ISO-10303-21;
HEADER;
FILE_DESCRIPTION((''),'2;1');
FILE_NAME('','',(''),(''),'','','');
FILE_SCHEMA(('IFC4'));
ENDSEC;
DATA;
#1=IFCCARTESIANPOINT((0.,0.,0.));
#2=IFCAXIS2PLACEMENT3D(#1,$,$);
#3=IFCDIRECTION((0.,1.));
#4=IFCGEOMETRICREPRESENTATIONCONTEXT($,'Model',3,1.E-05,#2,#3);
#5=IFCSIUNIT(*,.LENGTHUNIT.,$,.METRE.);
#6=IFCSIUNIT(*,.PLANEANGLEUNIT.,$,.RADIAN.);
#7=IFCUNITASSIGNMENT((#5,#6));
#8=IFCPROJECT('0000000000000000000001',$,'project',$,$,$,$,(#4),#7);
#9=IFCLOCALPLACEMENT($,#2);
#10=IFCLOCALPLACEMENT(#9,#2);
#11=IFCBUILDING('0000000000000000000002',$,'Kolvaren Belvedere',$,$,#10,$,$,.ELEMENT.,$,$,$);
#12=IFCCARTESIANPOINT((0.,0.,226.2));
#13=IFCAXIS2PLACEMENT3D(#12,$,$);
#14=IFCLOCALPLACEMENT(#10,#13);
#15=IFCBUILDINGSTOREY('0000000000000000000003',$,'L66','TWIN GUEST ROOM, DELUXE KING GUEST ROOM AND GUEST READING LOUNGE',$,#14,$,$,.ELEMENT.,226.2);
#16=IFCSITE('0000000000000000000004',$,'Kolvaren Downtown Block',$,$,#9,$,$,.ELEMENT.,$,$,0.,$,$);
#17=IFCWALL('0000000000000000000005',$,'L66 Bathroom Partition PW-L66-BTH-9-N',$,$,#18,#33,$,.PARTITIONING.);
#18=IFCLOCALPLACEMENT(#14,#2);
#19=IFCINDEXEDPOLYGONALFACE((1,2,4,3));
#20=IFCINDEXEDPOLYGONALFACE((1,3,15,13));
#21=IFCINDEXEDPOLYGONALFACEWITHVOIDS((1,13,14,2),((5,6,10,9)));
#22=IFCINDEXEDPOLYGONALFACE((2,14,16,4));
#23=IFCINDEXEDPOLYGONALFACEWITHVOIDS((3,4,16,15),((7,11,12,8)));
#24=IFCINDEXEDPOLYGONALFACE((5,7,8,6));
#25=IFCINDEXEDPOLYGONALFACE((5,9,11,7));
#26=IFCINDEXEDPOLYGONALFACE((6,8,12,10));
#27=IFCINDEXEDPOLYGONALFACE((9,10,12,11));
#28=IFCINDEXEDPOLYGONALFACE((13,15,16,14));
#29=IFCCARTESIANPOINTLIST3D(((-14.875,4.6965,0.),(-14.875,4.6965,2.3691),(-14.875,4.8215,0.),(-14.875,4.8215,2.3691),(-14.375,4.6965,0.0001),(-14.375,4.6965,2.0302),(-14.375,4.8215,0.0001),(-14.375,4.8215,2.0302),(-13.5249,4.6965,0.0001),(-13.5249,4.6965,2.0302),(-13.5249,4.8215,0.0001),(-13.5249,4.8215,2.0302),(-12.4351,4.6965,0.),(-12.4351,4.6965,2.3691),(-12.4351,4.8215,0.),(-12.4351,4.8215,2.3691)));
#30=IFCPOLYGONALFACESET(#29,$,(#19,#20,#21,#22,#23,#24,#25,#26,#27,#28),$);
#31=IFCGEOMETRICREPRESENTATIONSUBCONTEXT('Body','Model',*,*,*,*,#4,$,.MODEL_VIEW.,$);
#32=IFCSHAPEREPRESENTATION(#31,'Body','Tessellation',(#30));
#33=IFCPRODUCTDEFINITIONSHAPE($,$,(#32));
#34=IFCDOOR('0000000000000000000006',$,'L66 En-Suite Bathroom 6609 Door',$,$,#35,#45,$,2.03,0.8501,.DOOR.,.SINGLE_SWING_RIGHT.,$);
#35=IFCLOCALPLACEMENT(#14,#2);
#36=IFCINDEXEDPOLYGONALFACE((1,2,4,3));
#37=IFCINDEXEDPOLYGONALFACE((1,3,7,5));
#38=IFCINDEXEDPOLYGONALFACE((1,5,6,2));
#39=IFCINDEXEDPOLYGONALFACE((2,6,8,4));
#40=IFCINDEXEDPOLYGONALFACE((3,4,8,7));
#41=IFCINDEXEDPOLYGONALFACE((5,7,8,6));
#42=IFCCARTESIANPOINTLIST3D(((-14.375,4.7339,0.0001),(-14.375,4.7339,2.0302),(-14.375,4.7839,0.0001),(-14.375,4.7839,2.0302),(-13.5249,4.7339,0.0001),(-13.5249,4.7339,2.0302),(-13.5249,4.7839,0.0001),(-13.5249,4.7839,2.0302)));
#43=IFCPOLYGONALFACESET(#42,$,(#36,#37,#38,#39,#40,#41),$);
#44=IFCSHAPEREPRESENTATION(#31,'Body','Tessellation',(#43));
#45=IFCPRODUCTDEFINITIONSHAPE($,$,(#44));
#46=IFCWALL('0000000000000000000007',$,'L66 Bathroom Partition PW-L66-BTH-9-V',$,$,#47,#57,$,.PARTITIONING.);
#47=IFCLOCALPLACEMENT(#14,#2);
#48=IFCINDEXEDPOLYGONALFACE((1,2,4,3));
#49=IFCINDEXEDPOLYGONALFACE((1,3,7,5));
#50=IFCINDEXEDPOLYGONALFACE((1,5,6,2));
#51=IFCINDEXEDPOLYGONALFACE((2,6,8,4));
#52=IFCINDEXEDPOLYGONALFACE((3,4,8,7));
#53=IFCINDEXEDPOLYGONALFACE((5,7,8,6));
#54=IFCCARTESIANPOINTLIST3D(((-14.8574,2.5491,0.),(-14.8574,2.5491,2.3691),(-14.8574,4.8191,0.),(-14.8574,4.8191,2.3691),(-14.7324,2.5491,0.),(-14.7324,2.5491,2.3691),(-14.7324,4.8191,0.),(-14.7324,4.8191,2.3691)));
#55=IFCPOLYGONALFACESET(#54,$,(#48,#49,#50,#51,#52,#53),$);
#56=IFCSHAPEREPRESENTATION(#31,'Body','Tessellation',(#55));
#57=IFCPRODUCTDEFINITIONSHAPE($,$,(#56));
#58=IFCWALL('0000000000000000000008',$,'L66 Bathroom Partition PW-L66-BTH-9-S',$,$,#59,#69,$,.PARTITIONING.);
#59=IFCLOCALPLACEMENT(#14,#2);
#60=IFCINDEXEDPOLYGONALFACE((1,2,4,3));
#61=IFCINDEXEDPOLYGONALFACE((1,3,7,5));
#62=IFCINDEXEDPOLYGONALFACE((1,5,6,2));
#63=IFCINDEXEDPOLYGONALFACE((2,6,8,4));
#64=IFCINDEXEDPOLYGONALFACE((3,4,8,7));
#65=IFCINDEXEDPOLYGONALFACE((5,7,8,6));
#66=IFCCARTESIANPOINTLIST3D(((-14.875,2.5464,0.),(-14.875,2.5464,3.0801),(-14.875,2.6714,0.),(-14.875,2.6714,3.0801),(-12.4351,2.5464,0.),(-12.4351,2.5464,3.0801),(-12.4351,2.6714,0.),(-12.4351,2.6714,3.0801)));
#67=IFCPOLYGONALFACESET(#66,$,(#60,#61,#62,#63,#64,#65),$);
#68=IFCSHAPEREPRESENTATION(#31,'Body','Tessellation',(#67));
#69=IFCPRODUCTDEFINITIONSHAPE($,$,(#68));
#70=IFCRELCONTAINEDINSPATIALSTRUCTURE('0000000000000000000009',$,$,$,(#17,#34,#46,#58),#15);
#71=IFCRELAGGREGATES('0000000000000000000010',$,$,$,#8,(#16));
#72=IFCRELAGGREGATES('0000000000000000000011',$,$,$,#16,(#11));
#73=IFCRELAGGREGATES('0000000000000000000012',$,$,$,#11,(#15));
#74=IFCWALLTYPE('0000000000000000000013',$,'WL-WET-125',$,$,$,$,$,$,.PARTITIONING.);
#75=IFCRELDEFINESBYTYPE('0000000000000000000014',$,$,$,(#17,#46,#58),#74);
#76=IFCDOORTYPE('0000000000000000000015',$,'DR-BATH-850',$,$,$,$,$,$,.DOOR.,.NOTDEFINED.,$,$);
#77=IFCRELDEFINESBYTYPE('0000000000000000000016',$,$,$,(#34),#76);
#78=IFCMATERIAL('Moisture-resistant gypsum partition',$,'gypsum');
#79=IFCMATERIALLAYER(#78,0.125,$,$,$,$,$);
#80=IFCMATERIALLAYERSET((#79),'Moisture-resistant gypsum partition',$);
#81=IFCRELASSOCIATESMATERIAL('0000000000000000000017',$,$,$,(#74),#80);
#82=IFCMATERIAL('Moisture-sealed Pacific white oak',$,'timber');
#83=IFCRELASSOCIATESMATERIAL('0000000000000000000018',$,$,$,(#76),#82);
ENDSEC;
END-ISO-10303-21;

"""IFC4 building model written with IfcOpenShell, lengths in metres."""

from ifc_helpers import new_model, si_unit, direction, frame, frame_2d, origin, place, context, subcontext, project, spatial, rectangle, extrude, material, layer, layer_set, type_object, element, fill, save


model = new_model("IFC4")

# Units and contexts
model_context = context("Model", 3, precision=1e-05, world=origin(), true_north=direction((0.0, 1.0)))
body_context = subcontext(model_context, "Body", "Model", "MODEL_VIEW")
ifc_project = project(units=[si_unit("LENGTHUNIT", "METRE"), si_unit("PLANEANGLEUNIT", "RADIAN")], contexts=[model_context])

# Site, building, storey
site_placement = place(None, origin())
site = spatial("IfcSite", under=ifc_project, at=site_placement, Name="Kolvaren Downtown Block", CompositionType="ELEMENT", RefElevation=0.0)
building_placement = place(site_placement, origin())
building = spatial("IfcBuilding", under=site, at=building_placement, Name="Kolvaren Belvedere", CompositionType="ELEMENT")
storey_placement = place(building_placement, frame((0.0, 0.0, 226.2)))
storey = spatial("IfcBuildingStorey", under=building, at=storey_placement, Name="L66", Description="TWIN GUEST ROOM, DELUXE KING GUEST ROOM AND GUEST READING LOUNGE", CompositionType="ELEMENT", Elevation=226.2)

# Shared definitions
ifc_material_1 = material(Name="Moisture-resistant gypsum partition", Category="gypsum")
ifc_layer_1 = layer(ifc_material_1, 0.125)
ifc_layer_set_1 = layer_set([ifc_layer_1], Name="Moisture-resistant gypsum partition")
wall_type_1 = type_object("IfcWallType", Name="WL-WET-125", PredefinedType="PARTITIONING", material=ifc_layer_set_1)

# Wall, opening, door
wall_1_placement = place(storey_placement, frame((-14.875, 4.759, 0.0), z_axis=(0.0, 0.0, 1.0), x_axis=(1.0, 0.0, 0.0)))
wall_1 = element("IfcWall", 1, at=wall_1_placement, inside=storey, type_object=wall_type_1, Name="L66 Bathroom Partition PW-L66-BTH-9-N", PredefinedType="PARTITIONING", context=body_context, shape_type="SweptSolid", body=[
    extrude(rectangle(XDim=2.4399, YDim=0.125, at=frame_2d((1.22, 0.0))), origin(), (0.0, 0.0, 1.0), 2.3691),
])
opening_1_placement = place(wall_1_placement, frame((0.5, 0.0, 0.0)))
opening_1 = element("IfcOpeningElement", 2, at=opening_1_placement, cuts=wall_1, PredefinedType="OPENING", context=body_context, shape_type="SweptSolid", body=[
    extrude(rectangle(XDim=0.8501, YDim=2.03, at=frame_2d((0.425, 1.0151))), frame((0.0, 0.0725, 0.0), z_axis=(0.0, -1.0, 0.0), x_axis=(1.0, 0.0, 0.0)), (0.0, 0.0, 1.0), 0.145),
])
ifc_material_2 = material(Name="Moisture-sealed Pacific white oak", Category="timber")
door_type_1 = type_object("IfcDoorType", Name="DR-BATH-850", OperationType="NOTDEFINED", PredefinedType="DOOR", material=ifc_material_2)
door_1_placement = place(opening_1_placement, origin())
door_1 = element("IfcDoor", 3, at=door_1_placement, inside=storey, type_object=door_type_1, Name="L66 En-Suite Bathroom 6609 Door", OperationType="SINGLE_SWING_RIGHT", OverallHeight=2.03, OverallWidth=0.8501, PredefinedType="DOOR", context=body_context, shape_type="SweptSolid", body=[
    extrude(rectangle(XDim=0.8501, YDim=2.03, at=frame_2d((0.425, 1.0151))), frame((0.0, 0.0249, 0.0), z_axis=(0.0, -1.0, 0.0), x_axis=(1.0, 0.0, 0.0)), (0.0, 0.0, 1.0), 0.05),
])
fill(opening_1, door_1)

# Walls
wall_2_placement = place(storey_placement, frame((-14.7949, 2.5491, 0.0), z_axis=(0.0, 0.0, 1.0), x_axis=(0.0, 1.0, 0.0)))
element("IfcWall", 4, at=wall_2_placement, inside=storey, type_object=wall_type_1, Name="L66 Bathroom Partition PW-L66-BTH-9-V", PredefinedType="PARTITIONING", context=body_context, shape_type="SweptSolid", body=[
    extrude(rectangle(XDim=2.27, YDim=0.125, at=frame_2d((1.135, 0.0))), origin(), (0.0, 0.0, 1.0), 2.3691),
])
wall_3_placement = place(storey_placement, frame((-14.875, 2.6089, 0.0), z_axis=(0.0, 0.0, 1.0), x_axis=(1.0, 0.0, 0.0)))
element("IfcWall", 5, at=wall_3_placement, inside=storey, type_object=wall_type_1, Name="L66 Bathroom Partition PW-L66-BTH-9-S", PredefinedType="PARTITIONING", context=body_context, shape_type="SweptSolid", body=[
    extrude(rectangle(XDim=2.4399, YDim=0.125, at=frame_2d((1.22, 0.0))), origin(), (0.0, 0.0, 1.0), 3.0801),
])

save(model, "model.ifc")
